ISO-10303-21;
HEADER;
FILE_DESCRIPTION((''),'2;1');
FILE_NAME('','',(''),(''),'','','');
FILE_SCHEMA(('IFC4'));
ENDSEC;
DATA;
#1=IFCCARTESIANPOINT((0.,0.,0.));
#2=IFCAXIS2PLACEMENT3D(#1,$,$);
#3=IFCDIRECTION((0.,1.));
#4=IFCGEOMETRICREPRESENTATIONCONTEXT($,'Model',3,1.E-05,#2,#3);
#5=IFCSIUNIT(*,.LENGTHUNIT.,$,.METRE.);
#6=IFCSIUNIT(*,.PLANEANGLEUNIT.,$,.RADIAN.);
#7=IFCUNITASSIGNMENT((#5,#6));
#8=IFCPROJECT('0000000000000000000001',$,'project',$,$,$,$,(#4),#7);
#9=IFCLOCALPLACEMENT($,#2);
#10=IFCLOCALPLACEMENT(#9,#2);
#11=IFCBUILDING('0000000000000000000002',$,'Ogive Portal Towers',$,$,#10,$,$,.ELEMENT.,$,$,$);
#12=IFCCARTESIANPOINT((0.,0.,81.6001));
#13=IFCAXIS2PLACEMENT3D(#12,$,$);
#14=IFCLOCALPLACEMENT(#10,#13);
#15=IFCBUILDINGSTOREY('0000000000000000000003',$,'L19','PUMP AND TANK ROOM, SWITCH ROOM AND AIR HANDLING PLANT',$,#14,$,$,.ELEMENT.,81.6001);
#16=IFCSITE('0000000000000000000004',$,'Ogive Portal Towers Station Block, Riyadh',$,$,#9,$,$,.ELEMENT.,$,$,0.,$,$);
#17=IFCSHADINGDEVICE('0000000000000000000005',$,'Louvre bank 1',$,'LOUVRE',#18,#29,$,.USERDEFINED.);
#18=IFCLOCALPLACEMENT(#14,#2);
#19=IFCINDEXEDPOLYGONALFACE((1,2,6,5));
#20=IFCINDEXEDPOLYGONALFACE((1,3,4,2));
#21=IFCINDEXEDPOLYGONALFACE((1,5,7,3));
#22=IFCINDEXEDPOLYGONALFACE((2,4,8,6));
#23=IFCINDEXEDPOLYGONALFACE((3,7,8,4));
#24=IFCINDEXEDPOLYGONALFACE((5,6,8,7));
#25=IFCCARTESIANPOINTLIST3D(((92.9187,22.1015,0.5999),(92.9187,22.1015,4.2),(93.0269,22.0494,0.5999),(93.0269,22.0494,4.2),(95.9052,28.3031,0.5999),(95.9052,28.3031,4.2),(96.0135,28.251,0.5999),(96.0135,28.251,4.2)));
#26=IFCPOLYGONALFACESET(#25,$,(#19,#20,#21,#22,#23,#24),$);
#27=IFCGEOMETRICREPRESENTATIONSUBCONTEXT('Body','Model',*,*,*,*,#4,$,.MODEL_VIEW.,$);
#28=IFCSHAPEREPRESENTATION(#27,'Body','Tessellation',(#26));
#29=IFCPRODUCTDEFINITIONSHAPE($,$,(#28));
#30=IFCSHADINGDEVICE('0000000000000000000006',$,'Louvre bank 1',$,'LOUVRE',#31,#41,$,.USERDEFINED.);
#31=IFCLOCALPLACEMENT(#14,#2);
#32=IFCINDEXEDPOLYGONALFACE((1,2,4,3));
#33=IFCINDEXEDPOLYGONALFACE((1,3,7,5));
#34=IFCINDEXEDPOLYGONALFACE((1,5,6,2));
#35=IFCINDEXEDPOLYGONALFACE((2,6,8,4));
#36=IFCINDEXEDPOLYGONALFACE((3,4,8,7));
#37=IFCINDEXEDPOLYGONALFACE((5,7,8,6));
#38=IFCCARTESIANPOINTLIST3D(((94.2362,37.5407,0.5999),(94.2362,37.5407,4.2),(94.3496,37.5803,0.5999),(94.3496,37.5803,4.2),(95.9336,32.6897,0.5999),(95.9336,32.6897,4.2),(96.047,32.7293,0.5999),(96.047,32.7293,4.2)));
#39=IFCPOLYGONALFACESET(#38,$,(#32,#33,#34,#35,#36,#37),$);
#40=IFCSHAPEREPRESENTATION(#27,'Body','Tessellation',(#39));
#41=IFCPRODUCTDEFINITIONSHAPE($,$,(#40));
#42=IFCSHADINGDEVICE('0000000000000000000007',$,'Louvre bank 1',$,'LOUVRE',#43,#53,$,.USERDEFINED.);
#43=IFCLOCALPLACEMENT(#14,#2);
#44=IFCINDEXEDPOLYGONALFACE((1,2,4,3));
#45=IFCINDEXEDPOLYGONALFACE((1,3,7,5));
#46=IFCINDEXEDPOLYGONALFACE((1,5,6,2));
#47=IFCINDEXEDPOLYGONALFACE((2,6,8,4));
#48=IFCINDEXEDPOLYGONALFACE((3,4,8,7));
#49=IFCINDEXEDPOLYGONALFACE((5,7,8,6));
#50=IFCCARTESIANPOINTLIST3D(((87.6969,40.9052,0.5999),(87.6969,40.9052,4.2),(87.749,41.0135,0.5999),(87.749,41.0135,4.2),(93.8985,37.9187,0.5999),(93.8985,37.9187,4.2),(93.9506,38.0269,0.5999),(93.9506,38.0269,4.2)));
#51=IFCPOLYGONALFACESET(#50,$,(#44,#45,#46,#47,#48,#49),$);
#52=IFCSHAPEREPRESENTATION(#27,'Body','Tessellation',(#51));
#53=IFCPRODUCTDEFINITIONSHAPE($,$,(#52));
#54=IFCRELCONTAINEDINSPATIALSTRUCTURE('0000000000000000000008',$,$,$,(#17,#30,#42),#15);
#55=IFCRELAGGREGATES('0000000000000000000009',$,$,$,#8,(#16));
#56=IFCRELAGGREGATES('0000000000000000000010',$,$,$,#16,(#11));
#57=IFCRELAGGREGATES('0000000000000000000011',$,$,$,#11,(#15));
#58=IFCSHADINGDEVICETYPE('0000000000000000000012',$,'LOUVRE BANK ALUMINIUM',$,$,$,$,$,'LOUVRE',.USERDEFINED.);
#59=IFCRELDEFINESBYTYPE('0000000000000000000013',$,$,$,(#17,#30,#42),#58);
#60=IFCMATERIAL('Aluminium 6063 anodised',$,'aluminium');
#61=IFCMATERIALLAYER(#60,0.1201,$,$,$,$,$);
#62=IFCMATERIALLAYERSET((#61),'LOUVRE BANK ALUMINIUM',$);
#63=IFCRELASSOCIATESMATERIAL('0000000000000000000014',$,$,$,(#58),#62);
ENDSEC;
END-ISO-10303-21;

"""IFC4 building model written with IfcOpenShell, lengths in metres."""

from ifc_helpers import new_model, si_unit, direction, frame, origin, origin_2d, place, context, subcontext, project, spatial, rectangle, extrude, material, layer, layer_set, type_object, element, save


model = new_model("IFC4")

# Units and contexts
model_context = context("Model", 3, precision=1e-05, world=origin(), true_north=direction((0.0, 1.0)))
body_context = subcontext(model_context, "Body", "Model", "MODEL_VIEW")
ifc_project = project(units=[si_unit("LENGTHUNIT", "METRE"), si_unit("PLANEANGLEUNIT", "RADIAN")], contexts=[model_context])

# Site, building, storey
site_placement = place(None, origin())
site = spatial("IfcSite", under=ifc_project, at=site_placement, Name="Ogive Portal Towers Station Block, Riyadh", CompositionType="ELEMENT", RefElevation=0.0)
building_placement = place(site_placement, origin())
building = spatial("IfcBuilding", under=site, at=building_placement, Name="Ogive Portal Towers", CompositionType="ELEMENT")
storey_placement = place(building_placement, frame((0.0, 0.0, 81.6001)))
storey = spatial("IfcBuildingStorey", under=building, at=storey_placement, Name="L19", Description="PUMP AND TANK ROOM, SWITCH ROOM AND AIR HANDLING PLANT", CompositionType="ELEMENT", Elevation=81.6001)

# Shading devices
ifc_material_1 = material(Name="Aluminium 6063 anodised", Category="aluminium")
ifc_layer_1 = layer(ifc_material_1, 0.1201)
ifc_layer_set_1 = layer_set([ifc_layer_1], Name="LOUVRE BANK ALUMINIUM")
shading_device_type = type_object("IfcShadingDeviceType", Name="LOUVRE BANK ALUMINIUM", ElementType="LOUVRE", PredefinedType="USERDEFINED", material=ifc_layer_set_1)
shading_device_1_placement = place(storey_placement, frame((94.4661, 25.1763, 0.5999), z_axis=(0.0, 0.0, 1.0), x_axis=(0.433884, 0.900969, 0.0)))
element("IfcShadingDevice", 1, at=shading_device_1_placement, inside=storey, type_object=shading_device_type, Name="Louvre bank 1", ObjectType="LOUVRE", PredefinedType="USERDEFINED", context=body_context, shape_type="SweptSolid", body=[
    extrude(rectangle(XDim=6.8833, YDim=0.1201, at=origin_2d()), origin(), (0.0, 0.0, 1.0), 3.6001),
])
shading_device_2_placement = place(storey_placement, frame((95.1416, 35.135, 0.5999), z_axis=(0.0, 0.0, 1.0), x_axis=(-0.330279, 0.943883, 0.0)))
element("IfcShadingDevice", 2, at=shading_device_2_placement, inside=storey, type_object=shading_device_type, Name="Louvre bank 1", ObjectType="LOUVRE", PredefinedType="USERDEFINED", context=body_context, shape_type="SweptSolid", body=[
    extrude(rectangle(XDim=5.1394, YDim=0.1201, at=origin_2d()), origin(), (0.0, 0.0, 1.0), 3.6001),
])
shading_device_3_placement = place(storey_placement, frame((90.8237, 39.4661, 0.5999), z_axis=(0.0, 0.0, 1.0), x_axis=(-0.900969, 0.433884, 0.0)))
element("IfcShadingDevice", 3, at=shading_device_3_placement, inside=storey, type_object=shading_device_type, Name="Louvre bank 1", ObjectType="LOUVRE", PredefinedType="USERDEFINED", context=body_context, shape_type="SweptSolid", body=[
    extrude(rectangle(XDim=6.8833, YDim=0.1201, at=origin_2d()), origin(), (0.0, 0.0, 1.0), 3.6001),
])

save(model, "model.ifc")
